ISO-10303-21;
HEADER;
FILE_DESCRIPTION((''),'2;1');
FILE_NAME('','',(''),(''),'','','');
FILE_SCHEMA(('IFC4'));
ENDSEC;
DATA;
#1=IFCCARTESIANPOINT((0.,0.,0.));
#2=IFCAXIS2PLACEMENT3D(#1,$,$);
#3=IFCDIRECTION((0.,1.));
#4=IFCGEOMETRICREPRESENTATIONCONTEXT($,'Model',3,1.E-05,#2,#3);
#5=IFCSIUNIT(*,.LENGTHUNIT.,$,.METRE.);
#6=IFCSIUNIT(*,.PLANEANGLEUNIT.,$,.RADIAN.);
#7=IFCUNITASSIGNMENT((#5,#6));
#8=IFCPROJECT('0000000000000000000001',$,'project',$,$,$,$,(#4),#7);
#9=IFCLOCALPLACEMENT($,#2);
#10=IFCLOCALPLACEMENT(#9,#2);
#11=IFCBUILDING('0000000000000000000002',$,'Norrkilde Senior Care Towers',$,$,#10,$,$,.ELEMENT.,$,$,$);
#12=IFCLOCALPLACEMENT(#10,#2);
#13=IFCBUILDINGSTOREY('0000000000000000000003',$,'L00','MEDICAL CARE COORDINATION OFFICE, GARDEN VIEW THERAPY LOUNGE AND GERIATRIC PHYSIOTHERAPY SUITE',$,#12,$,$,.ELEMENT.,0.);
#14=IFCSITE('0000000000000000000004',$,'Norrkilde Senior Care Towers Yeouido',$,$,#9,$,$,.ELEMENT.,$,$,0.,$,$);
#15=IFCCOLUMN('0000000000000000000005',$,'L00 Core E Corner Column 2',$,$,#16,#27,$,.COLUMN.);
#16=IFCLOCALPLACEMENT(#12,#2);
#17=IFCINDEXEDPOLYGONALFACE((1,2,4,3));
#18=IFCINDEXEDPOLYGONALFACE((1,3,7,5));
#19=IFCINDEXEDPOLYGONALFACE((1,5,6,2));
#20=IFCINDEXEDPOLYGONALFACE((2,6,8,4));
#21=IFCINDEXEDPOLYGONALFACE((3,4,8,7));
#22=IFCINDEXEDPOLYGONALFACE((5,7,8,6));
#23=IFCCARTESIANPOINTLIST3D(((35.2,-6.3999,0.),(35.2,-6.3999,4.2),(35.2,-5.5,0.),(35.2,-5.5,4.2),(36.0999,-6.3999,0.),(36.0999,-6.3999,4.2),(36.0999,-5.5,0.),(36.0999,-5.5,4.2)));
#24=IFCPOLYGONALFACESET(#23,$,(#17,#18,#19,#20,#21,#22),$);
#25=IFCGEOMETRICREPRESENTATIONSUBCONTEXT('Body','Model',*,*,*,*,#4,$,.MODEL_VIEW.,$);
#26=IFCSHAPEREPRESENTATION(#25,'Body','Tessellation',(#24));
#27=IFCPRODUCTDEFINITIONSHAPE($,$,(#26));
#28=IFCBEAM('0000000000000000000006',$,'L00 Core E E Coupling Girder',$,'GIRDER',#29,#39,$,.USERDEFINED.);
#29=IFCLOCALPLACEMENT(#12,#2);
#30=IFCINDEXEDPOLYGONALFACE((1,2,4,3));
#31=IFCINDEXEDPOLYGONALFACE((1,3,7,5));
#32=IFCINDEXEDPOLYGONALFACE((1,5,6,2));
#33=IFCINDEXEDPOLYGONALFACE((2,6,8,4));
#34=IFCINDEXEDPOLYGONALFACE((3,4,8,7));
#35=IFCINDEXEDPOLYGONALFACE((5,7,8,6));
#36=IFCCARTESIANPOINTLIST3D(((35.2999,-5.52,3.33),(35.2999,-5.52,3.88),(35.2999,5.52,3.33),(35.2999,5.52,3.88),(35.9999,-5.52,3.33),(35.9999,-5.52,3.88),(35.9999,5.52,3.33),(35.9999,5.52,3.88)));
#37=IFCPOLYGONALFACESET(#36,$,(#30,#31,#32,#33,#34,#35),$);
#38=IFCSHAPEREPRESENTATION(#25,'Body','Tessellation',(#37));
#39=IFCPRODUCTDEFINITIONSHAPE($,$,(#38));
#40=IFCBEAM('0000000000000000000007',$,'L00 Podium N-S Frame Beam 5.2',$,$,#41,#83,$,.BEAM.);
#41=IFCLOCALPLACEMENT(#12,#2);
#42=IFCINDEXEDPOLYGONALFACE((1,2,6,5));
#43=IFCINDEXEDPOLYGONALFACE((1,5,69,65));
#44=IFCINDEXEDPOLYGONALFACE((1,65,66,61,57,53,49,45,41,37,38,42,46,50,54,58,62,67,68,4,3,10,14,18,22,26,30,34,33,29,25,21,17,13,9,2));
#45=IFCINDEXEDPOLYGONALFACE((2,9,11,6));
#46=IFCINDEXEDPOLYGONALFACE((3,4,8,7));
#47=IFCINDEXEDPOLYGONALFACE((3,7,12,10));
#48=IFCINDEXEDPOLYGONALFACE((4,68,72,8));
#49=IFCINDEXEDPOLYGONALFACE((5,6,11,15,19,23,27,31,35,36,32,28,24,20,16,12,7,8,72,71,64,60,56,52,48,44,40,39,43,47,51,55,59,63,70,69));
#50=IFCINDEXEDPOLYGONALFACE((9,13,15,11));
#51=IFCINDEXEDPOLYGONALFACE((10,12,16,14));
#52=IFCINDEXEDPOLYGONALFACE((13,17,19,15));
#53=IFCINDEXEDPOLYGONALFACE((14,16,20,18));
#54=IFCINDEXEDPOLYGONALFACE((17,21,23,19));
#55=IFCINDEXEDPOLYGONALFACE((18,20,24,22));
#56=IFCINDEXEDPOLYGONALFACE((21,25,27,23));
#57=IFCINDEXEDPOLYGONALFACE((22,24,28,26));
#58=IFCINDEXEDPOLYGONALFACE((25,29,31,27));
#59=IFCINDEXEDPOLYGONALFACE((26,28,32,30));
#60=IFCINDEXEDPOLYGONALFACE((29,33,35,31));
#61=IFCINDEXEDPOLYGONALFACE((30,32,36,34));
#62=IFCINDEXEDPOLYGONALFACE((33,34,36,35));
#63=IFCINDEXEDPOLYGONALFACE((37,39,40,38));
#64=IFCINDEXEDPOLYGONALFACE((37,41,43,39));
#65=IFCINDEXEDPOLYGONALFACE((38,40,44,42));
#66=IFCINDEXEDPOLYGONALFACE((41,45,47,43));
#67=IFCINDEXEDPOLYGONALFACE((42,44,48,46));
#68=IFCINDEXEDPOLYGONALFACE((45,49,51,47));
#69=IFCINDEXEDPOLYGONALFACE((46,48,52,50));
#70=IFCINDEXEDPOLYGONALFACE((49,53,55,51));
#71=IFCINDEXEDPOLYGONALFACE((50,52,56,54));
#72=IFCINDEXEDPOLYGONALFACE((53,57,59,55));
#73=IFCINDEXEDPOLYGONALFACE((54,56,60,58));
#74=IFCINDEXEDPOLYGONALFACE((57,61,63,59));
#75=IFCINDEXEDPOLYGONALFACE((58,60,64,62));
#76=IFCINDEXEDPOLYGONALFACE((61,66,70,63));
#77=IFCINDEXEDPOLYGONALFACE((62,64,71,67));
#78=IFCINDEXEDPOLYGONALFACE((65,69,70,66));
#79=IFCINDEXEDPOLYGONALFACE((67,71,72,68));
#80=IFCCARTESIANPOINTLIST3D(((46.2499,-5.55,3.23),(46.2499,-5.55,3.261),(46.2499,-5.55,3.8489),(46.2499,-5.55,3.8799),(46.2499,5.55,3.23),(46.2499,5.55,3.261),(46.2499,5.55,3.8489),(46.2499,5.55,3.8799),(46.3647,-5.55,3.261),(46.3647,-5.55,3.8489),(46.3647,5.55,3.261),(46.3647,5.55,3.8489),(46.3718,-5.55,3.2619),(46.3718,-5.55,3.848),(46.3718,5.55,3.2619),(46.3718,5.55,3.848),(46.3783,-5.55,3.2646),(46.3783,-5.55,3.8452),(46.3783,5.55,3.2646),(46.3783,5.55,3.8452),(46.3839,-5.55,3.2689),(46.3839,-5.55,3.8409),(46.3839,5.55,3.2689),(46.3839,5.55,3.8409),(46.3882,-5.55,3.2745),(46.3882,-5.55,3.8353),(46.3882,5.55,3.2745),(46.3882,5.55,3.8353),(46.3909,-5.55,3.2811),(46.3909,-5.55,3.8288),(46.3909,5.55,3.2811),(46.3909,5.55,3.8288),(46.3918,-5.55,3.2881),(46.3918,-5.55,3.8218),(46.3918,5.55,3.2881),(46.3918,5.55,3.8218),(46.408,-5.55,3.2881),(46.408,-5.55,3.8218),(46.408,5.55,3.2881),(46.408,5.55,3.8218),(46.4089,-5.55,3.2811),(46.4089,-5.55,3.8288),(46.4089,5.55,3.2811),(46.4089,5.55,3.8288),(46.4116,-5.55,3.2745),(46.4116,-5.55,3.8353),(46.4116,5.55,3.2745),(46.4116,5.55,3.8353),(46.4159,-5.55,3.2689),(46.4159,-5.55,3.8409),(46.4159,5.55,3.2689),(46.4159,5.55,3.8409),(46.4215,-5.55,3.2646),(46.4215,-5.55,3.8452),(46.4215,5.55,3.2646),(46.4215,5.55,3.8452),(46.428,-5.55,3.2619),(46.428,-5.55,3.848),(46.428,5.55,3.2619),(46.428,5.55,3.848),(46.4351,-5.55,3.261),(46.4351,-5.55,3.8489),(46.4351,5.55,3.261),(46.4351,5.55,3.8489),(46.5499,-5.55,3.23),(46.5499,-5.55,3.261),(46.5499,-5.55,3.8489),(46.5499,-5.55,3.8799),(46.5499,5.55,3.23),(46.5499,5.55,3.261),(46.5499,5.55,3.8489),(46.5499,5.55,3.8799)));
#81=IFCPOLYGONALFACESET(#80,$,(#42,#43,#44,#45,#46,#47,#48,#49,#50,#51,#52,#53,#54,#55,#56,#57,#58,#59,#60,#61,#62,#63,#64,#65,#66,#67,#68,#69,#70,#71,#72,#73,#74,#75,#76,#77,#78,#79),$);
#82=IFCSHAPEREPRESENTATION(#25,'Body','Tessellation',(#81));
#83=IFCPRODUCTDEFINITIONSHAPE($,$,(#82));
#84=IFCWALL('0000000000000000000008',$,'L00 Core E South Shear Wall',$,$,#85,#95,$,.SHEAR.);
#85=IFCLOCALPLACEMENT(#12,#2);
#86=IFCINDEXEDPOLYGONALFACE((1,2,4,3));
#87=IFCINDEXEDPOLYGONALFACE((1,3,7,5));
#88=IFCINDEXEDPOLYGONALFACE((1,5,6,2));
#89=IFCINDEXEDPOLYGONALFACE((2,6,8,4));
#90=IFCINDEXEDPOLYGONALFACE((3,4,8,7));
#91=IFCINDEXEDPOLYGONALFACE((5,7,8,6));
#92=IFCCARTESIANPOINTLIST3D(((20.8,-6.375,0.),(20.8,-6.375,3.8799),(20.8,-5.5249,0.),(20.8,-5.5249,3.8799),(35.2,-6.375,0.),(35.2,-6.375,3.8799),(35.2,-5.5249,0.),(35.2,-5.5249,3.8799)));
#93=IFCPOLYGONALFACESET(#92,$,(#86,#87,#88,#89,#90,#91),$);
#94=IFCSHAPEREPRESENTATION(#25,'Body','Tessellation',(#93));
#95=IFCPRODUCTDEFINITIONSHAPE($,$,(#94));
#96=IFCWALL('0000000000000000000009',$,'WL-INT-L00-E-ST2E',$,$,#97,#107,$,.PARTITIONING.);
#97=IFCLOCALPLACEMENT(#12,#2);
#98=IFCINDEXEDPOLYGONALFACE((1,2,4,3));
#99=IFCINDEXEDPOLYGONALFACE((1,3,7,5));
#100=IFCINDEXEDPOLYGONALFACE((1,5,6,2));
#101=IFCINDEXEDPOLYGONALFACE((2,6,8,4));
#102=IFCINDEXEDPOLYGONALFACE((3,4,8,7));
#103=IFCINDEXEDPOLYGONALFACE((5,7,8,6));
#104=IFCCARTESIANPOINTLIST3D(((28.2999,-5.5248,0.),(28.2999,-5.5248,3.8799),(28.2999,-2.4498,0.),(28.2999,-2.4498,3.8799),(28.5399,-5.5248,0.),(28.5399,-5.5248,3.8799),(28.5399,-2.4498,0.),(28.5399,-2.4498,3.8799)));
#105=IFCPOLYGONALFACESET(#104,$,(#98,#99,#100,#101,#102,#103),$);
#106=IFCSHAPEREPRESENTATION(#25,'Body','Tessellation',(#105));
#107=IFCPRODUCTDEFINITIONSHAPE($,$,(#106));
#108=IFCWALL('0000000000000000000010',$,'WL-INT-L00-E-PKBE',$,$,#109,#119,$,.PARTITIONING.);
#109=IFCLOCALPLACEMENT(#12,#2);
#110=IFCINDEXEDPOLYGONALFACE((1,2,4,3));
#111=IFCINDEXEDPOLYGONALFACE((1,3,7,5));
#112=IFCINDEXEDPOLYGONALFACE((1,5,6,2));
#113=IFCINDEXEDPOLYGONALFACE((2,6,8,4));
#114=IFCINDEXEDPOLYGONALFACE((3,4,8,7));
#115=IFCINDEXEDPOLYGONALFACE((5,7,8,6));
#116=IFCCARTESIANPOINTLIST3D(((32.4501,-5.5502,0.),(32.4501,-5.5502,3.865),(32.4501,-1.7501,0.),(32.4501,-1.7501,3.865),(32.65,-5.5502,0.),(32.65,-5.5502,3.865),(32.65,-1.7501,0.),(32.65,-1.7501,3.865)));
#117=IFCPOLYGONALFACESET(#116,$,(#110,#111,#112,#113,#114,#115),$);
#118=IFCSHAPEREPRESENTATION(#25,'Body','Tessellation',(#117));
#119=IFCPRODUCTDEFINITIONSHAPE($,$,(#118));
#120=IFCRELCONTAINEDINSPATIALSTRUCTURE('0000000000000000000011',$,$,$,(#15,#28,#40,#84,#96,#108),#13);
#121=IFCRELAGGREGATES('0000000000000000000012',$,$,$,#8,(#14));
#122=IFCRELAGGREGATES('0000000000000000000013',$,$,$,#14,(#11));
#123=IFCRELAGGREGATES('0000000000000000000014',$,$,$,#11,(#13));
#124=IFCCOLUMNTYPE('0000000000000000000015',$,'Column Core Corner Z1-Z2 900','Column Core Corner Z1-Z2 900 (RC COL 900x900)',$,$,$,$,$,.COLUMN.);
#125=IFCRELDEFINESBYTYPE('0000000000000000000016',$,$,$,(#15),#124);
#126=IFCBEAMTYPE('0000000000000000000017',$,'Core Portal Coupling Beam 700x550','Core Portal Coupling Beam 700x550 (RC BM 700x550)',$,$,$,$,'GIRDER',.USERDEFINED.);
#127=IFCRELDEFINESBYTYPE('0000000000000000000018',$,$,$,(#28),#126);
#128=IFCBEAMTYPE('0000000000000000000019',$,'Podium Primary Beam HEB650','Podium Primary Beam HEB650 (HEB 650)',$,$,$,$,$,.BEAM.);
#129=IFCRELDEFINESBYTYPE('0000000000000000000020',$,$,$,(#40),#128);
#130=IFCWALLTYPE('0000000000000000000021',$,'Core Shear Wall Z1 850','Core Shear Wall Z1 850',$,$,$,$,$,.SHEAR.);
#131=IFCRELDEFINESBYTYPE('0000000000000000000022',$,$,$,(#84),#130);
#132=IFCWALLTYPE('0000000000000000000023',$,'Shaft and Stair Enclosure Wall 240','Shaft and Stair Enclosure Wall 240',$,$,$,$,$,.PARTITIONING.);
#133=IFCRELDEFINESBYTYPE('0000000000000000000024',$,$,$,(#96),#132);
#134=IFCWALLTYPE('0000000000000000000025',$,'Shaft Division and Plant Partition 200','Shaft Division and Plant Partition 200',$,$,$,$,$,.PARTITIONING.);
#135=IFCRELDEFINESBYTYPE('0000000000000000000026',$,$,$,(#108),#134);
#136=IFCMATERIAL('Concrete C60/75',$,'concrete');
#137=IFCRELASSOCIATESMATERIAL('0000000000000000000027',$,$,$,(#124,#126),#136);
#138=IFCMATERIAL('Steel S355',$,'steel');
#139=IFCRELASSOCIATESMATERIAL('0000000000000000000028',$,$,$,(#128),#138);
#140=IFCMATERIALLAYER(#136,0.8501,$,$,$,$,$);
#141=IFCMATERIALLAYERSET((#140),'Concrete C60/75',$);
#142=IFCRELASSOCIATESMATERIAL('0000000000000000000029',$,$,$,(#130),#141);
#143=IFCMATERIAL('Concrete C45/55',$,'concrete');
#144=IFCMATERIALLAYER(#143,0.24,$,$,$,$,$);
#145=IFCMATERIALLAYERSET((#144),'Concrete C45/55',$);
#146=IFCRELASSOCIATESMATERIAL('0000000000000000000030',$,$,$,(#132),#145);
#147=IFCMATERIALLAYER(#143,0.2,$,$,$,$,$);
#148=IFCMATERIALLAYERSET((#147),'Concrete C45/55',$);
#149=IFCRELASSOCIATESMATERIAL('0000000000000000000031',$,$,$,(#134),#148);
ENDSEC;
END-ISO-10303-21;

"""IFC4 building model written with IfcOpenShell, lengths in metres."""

from ifc_helpers import new_model, si_unit, direction, frame, frame_2d, origin, origin_2d, place, context, subcontext, project, spatial, rectangle, i_section, extrude, source, transform, mapped, material, layer, layer_set, material_profile, profile_set, type_object, type_shapes, element, save


model = new_model("IFC4")

# Units and contexts
model_context = context("Model", 3, precision=1e-05, world=origin(), true_north=direction((0.0, 1.0)))
body_context = subcontext(model_context, "Body", "Model", "MODEL_VIEW")
ifc_project = project(units=[si_unit("LENGTHUNIT", "METRE"), si_unit("PLANEANGLEUNIT", "RADIAN")], contexts=[model_context])

# Site, building, storey
site_placement = place(None, origin())
site = spatial("IfcSite", under=ifc_project, at=site_placement, Name="Norrkilde Senior Care Towers Yeouido", CompositionType="ELEMENT", RefElevation=0.0)
building_placement = place(site_placement, origin())
building = spatial("IfcBuilding", under=site, at=building_placement, Name="Norrkilde Senior Care Towers", CompositionType="ELEMENT")
storey_placement = place(building_placement, origin())
storey = spatial("IfcBuildingStorey", under=building, at=storey_placement, Name="L00", Description="MEDICAL CARE COORDINATION OFFICE, GARDEN VIEW THERAPY LOUNGE AND GERIATRIC PHYSIOTHERAPY SUITE", CompositionType="ELEMENT", Elevation=0.0)

# Column
ifc_material_1 = material(Name="Concrete C60/75", Category="concrete")
ifc_material_profile_1 = material_profile(ifc_material_1, rectangle(XDim=0.8999, YDim=0.8999, at=origin_2d()), Name="RC COL 900x900")
ifc_profile_set_1 = profile_set([ifc_material_profile_1], Name="Concrete C60/75")
column_type = type_object("IfcColumnType", Name="Column Core Corner Z1-Z2 900", Description="Column Core Corner Z1-Z2 900 (RC COL 900x900)", PredefinedType="COLUMN", material=ifc_profile_set_1)
shared_shape_1 = source(origin(), body_context, "Body", "SweptSolid", [
    extrude(rectangle(XDim=0.8999, YDim=0.8999, at=origin_2d()), origin(), (0.0, 0.0, 1.0), 4.2),
])
type_shapes(column_type, [shared_shape_1])
column_placement = place(storey_placement, frame((35.6499, -5.95, 0.0), z_axis=(0.0, 0.0, 1.0), x_axis=(1.0, 0.0, 0.0)))
element("IfcColumn", 1, at=column_placement, inside=storey, type_object=column_type, Name="L00 Core E Corner Column 2", PredefinedType="COLUMN", context=body_context, shape_type="MappedRepresentation", body=[
    mapped(shared_shape_1, transform((0.0, 0.0, 0.0), x_axis=(1.0, 0.0, 0.0), y_axis=(0.0, 1.0, 0.0), z_axis=(0.0, 0.0, 1.0), scale=1.0)),
])

# Beams
ifc_material_profile_2 = material_profile(ifc_material_1, rectangle(XDim=0.7, YDim=0.55, at=origin_2d()), Name="RC BM 700x550")
ifc_profile_set_2 = profile_set([ifc_material_profile_2], Name="Concrete C60/75")
beam_type_1 = type_object("IfcBeamType", Name="Core Portal Coupling Beam 700x550", Description="Core Portal Coupling Beam 700x550 (RC BM 700x550)", ElementType="GIRDER", PredefinedType="USERDEFINED", material=ifc_profile_set_2)
shared_shape_2 = source(origin(), body_context, "Body", "SweptSolid", [
    extrude(rectangle(XDim=0.7, YDim=0.55, at=origin_2d()), origin(), (0.0, 0.0, 1.0), 11.04),
])
type_shapes(beam_type_1, [shared_shape_2])
beam_1_placement = place(storey_placement, frame((35.6499, -5.52, 3.605), z_axis=(0.0, 1.0, 0.0), x_axis=(-1.0, 0.0, 0.0)))
element("IfcBeam", 2, at=beam_1_placement, inside=storey, type_object=beam_type_1, Name="L00 Core E E Coupling Girder", ObjectType="GIRDER", PredefinedType="USERDEFINED", context=body_context, shape_type="MappedRepresentation", body=[
    mapped(shared_shape_2, transform((0.0, 0.0, 0.0), x_axis=(1.0, 0.0, 0.0), y_axis=(0.0, 1.0, 0.0), z_axis=(0.0, 0.0, 1.0), scale=1.0)),
])
ifc_material_2 = material(Name="Steel S355", Category="steel")
ifc_material_profile_3 = material_profile(ifc_material_2, i_section(OverallWidth=0.3, OverallDepth=0.6499, WebThickness=0.0161, FlangeThickness=0.031, FilletRadius=0.0271, at=origin_2d()), Name="HEB 650")
ifc_profile_set_3 = profile_set([ifc_material_profile_3], Name="Steel S355")
beam_type_2 = type_object("IfcBeamType", Name="Podium Primary Beam HEB650", Description="Podium Primary Beam HEB650 (HEB 650)", PredefinedType="BEAM", material=ifc_profile_set_3)
shared_shape_3 = source(origin(), body_context, "Body", "SweptSolid", [
    extrude(i_section(OverallWidth=0.3, OverallDepth=0.6499, WebThickness=0.0161, FlangeThickness=0.031, FilletRadius=0.0271, at=origin_2d()), origin(), (0.0, 0.0, 1.0), 11.1001),
])
type_shapes(beam_type_2, [shared_shape_3])
beam_2_placement = place(storey_placement, frame((46.3999, -5.55, 3.5549), z_axis=(0.0, 1.0, 0.0), x_axis=(-1.0, 0.0, 0.0)))
element("IfcBeam", 3, at=beam_2_placement, inside=storey, type_object=beam_type_2, Name="L00 Podium N-S Frame Beam 5.2", PredefinedType="BEAM", context=body_context, shape_type="MappedRepresentation", body=[
    mapped(shared_shape_3, transform((0.0, 0.0, 0.0), x_axis=(1.0, 0.0, 0.0), y_axis=(0.0, 1.0, 0.0), z_axis=(0.0, 0.0, 1.0), scale=1.0)),
])

# Walls
ifc_layer_1 = layer(ifc_material_1, 0.8501)
ifc_layer_set_1 = layer_set([ifc_layer_1], Name="Concrete C60/75")
wall_type_1 = type_object("IfcWallType", Name="Core Shear Wall Z1 850", Description="Core Shear Wall Z1 850", PredefinedType="SHEAR", material=ifc_layer_set_1)
shared_shape_4 = source(origin(), body_context, "Body", "SweptSolid", [
    extrude(rectangle(XDim=14.3999, YDim=0.8501, at=frame_2d((7.2, 0.0))), origin(), (0.0, 0.0, 1.0), 3.8799),
])
type_shapes(wall_type_1, [shared_shape_4])
wall_1_placement = place(storey_placement, frame((35.2, -5.95, 0.0), z_axis=(0.0, 0.0, 1.0), x_axis=(-1.0, 0.0, 0.0)))
element("IfcWall", 4, at=wall_1_placement, inside=storey, type_object=wall_type_1, Name="L00 Core E South Shear Wall", PredefinedType="SHEAR", context=body_context, shape_type="MappedRepresentation", body=[
    mapped(shared_shape_4, transform((0.0, 0.0, 0.0), x_axis=(1.0, 0.0, 0.0), y_axis=(0.0, 1.0, 0.0), z_axis=(0.0, 0.0, 1.0), scale=1.0)),
])
ifc_material_3 = material(Name="Concrete C45/55", Category="concrete")
ifc_layer_2 = layer(ifc_material_3, 0.24)
ifc_layer_set_2 = layer_set([ifc_layer_2], Name="Concrete C45/55")
wall_type_2 = type_object("IfcWallType", Name="Shaft and Stair Enclosure Wall 240", Description="Shaft and Stair Enclosure Wall 240", PredefinedType="PARTITIONING", material=ifc_layer_set_2)
shared_shape_5 = source(origin(), body_context, "Body", "SweptSolid", [
    extrude(rectangle(XDim=3.075, YDim=0.24, at=frame_2d((1.5376, 0.0))), origin(), (0.0, 0.0, 1.0), 3.8799),
])
type_shapes(wall_type_2, [shared_shape_5])
wall_2_placement = place(storey_placement, frame((28.4199, -5.5249, 0.0), z_axis=(0.0, 0.0, 1.0), x_axis=(0.0, 1.0, 0.0)))
element("IfcWall", 5, at=wall_2_placement, inside=storey, type_object=wall_type_2, Name="WL-INT-L00-E-ST2E", PredefinedType="PARTITIONING", context=body_context, shape_type="MappedRepresentation", body=[
    mapped(shared_shape_5, transform((0.0, 0.0, 0.0), x_axis=(1.0, 0.0, 0.0), y_axis=(0.0, 1.0, 0.0), z_axis=(0.0, 0.0, 1.0), scale=1.0)),
])
ifc_layer_3 = layer(ifc_material_3, 0.2)
ifc_layer_set_3 = layer_set([ifc_layer_3], Name="Concrete C45/55")
wall_type_3 = type_object("IfcWallType", Name="Shaft Division and Plant Partition 200", Description="Shaft Division and Plant Partition 200", PredefinedType="PARTITIONING", material=ifc_layer_set_3)
shared_shape_6 = source(origin(), body_context, "Body", "SweptSolid", [
    extrude(rectangle(XDim=3.8, YDim=0.2, at=frame_2d((1.8999, 0.0))), origin(), (0.0, 0.0, 1.0), 3.865),
])
type_shapes(wall_type_3, [shared_shape_6])
wall_3_placement = place(storey_placement, frame((32.55, -5.55, 0.0), z_axis=(0.0, 0.0, 1.0), x_axis=(0.0, 1.0, 0.0)))
element("IfcWall", 6, at=wall_3_placement, inside=storey, type_object=wall_type_3, Name="WL-INT-L00-E-PKBE", PredefinedType="PARTITIONING", context=body_context, shape_type="MappedRepresentation", body=[
    mapped(shared_shape_6, transform((0.0, 0.0, 0.0), x_axis=(1.0, 0.0, 0.0), y_axis=(0.0, 1.0, 0.0), z_axis=(0.0, 0.0, 1.0), scale=1.0)),
])

save(model, "model.ifc")
